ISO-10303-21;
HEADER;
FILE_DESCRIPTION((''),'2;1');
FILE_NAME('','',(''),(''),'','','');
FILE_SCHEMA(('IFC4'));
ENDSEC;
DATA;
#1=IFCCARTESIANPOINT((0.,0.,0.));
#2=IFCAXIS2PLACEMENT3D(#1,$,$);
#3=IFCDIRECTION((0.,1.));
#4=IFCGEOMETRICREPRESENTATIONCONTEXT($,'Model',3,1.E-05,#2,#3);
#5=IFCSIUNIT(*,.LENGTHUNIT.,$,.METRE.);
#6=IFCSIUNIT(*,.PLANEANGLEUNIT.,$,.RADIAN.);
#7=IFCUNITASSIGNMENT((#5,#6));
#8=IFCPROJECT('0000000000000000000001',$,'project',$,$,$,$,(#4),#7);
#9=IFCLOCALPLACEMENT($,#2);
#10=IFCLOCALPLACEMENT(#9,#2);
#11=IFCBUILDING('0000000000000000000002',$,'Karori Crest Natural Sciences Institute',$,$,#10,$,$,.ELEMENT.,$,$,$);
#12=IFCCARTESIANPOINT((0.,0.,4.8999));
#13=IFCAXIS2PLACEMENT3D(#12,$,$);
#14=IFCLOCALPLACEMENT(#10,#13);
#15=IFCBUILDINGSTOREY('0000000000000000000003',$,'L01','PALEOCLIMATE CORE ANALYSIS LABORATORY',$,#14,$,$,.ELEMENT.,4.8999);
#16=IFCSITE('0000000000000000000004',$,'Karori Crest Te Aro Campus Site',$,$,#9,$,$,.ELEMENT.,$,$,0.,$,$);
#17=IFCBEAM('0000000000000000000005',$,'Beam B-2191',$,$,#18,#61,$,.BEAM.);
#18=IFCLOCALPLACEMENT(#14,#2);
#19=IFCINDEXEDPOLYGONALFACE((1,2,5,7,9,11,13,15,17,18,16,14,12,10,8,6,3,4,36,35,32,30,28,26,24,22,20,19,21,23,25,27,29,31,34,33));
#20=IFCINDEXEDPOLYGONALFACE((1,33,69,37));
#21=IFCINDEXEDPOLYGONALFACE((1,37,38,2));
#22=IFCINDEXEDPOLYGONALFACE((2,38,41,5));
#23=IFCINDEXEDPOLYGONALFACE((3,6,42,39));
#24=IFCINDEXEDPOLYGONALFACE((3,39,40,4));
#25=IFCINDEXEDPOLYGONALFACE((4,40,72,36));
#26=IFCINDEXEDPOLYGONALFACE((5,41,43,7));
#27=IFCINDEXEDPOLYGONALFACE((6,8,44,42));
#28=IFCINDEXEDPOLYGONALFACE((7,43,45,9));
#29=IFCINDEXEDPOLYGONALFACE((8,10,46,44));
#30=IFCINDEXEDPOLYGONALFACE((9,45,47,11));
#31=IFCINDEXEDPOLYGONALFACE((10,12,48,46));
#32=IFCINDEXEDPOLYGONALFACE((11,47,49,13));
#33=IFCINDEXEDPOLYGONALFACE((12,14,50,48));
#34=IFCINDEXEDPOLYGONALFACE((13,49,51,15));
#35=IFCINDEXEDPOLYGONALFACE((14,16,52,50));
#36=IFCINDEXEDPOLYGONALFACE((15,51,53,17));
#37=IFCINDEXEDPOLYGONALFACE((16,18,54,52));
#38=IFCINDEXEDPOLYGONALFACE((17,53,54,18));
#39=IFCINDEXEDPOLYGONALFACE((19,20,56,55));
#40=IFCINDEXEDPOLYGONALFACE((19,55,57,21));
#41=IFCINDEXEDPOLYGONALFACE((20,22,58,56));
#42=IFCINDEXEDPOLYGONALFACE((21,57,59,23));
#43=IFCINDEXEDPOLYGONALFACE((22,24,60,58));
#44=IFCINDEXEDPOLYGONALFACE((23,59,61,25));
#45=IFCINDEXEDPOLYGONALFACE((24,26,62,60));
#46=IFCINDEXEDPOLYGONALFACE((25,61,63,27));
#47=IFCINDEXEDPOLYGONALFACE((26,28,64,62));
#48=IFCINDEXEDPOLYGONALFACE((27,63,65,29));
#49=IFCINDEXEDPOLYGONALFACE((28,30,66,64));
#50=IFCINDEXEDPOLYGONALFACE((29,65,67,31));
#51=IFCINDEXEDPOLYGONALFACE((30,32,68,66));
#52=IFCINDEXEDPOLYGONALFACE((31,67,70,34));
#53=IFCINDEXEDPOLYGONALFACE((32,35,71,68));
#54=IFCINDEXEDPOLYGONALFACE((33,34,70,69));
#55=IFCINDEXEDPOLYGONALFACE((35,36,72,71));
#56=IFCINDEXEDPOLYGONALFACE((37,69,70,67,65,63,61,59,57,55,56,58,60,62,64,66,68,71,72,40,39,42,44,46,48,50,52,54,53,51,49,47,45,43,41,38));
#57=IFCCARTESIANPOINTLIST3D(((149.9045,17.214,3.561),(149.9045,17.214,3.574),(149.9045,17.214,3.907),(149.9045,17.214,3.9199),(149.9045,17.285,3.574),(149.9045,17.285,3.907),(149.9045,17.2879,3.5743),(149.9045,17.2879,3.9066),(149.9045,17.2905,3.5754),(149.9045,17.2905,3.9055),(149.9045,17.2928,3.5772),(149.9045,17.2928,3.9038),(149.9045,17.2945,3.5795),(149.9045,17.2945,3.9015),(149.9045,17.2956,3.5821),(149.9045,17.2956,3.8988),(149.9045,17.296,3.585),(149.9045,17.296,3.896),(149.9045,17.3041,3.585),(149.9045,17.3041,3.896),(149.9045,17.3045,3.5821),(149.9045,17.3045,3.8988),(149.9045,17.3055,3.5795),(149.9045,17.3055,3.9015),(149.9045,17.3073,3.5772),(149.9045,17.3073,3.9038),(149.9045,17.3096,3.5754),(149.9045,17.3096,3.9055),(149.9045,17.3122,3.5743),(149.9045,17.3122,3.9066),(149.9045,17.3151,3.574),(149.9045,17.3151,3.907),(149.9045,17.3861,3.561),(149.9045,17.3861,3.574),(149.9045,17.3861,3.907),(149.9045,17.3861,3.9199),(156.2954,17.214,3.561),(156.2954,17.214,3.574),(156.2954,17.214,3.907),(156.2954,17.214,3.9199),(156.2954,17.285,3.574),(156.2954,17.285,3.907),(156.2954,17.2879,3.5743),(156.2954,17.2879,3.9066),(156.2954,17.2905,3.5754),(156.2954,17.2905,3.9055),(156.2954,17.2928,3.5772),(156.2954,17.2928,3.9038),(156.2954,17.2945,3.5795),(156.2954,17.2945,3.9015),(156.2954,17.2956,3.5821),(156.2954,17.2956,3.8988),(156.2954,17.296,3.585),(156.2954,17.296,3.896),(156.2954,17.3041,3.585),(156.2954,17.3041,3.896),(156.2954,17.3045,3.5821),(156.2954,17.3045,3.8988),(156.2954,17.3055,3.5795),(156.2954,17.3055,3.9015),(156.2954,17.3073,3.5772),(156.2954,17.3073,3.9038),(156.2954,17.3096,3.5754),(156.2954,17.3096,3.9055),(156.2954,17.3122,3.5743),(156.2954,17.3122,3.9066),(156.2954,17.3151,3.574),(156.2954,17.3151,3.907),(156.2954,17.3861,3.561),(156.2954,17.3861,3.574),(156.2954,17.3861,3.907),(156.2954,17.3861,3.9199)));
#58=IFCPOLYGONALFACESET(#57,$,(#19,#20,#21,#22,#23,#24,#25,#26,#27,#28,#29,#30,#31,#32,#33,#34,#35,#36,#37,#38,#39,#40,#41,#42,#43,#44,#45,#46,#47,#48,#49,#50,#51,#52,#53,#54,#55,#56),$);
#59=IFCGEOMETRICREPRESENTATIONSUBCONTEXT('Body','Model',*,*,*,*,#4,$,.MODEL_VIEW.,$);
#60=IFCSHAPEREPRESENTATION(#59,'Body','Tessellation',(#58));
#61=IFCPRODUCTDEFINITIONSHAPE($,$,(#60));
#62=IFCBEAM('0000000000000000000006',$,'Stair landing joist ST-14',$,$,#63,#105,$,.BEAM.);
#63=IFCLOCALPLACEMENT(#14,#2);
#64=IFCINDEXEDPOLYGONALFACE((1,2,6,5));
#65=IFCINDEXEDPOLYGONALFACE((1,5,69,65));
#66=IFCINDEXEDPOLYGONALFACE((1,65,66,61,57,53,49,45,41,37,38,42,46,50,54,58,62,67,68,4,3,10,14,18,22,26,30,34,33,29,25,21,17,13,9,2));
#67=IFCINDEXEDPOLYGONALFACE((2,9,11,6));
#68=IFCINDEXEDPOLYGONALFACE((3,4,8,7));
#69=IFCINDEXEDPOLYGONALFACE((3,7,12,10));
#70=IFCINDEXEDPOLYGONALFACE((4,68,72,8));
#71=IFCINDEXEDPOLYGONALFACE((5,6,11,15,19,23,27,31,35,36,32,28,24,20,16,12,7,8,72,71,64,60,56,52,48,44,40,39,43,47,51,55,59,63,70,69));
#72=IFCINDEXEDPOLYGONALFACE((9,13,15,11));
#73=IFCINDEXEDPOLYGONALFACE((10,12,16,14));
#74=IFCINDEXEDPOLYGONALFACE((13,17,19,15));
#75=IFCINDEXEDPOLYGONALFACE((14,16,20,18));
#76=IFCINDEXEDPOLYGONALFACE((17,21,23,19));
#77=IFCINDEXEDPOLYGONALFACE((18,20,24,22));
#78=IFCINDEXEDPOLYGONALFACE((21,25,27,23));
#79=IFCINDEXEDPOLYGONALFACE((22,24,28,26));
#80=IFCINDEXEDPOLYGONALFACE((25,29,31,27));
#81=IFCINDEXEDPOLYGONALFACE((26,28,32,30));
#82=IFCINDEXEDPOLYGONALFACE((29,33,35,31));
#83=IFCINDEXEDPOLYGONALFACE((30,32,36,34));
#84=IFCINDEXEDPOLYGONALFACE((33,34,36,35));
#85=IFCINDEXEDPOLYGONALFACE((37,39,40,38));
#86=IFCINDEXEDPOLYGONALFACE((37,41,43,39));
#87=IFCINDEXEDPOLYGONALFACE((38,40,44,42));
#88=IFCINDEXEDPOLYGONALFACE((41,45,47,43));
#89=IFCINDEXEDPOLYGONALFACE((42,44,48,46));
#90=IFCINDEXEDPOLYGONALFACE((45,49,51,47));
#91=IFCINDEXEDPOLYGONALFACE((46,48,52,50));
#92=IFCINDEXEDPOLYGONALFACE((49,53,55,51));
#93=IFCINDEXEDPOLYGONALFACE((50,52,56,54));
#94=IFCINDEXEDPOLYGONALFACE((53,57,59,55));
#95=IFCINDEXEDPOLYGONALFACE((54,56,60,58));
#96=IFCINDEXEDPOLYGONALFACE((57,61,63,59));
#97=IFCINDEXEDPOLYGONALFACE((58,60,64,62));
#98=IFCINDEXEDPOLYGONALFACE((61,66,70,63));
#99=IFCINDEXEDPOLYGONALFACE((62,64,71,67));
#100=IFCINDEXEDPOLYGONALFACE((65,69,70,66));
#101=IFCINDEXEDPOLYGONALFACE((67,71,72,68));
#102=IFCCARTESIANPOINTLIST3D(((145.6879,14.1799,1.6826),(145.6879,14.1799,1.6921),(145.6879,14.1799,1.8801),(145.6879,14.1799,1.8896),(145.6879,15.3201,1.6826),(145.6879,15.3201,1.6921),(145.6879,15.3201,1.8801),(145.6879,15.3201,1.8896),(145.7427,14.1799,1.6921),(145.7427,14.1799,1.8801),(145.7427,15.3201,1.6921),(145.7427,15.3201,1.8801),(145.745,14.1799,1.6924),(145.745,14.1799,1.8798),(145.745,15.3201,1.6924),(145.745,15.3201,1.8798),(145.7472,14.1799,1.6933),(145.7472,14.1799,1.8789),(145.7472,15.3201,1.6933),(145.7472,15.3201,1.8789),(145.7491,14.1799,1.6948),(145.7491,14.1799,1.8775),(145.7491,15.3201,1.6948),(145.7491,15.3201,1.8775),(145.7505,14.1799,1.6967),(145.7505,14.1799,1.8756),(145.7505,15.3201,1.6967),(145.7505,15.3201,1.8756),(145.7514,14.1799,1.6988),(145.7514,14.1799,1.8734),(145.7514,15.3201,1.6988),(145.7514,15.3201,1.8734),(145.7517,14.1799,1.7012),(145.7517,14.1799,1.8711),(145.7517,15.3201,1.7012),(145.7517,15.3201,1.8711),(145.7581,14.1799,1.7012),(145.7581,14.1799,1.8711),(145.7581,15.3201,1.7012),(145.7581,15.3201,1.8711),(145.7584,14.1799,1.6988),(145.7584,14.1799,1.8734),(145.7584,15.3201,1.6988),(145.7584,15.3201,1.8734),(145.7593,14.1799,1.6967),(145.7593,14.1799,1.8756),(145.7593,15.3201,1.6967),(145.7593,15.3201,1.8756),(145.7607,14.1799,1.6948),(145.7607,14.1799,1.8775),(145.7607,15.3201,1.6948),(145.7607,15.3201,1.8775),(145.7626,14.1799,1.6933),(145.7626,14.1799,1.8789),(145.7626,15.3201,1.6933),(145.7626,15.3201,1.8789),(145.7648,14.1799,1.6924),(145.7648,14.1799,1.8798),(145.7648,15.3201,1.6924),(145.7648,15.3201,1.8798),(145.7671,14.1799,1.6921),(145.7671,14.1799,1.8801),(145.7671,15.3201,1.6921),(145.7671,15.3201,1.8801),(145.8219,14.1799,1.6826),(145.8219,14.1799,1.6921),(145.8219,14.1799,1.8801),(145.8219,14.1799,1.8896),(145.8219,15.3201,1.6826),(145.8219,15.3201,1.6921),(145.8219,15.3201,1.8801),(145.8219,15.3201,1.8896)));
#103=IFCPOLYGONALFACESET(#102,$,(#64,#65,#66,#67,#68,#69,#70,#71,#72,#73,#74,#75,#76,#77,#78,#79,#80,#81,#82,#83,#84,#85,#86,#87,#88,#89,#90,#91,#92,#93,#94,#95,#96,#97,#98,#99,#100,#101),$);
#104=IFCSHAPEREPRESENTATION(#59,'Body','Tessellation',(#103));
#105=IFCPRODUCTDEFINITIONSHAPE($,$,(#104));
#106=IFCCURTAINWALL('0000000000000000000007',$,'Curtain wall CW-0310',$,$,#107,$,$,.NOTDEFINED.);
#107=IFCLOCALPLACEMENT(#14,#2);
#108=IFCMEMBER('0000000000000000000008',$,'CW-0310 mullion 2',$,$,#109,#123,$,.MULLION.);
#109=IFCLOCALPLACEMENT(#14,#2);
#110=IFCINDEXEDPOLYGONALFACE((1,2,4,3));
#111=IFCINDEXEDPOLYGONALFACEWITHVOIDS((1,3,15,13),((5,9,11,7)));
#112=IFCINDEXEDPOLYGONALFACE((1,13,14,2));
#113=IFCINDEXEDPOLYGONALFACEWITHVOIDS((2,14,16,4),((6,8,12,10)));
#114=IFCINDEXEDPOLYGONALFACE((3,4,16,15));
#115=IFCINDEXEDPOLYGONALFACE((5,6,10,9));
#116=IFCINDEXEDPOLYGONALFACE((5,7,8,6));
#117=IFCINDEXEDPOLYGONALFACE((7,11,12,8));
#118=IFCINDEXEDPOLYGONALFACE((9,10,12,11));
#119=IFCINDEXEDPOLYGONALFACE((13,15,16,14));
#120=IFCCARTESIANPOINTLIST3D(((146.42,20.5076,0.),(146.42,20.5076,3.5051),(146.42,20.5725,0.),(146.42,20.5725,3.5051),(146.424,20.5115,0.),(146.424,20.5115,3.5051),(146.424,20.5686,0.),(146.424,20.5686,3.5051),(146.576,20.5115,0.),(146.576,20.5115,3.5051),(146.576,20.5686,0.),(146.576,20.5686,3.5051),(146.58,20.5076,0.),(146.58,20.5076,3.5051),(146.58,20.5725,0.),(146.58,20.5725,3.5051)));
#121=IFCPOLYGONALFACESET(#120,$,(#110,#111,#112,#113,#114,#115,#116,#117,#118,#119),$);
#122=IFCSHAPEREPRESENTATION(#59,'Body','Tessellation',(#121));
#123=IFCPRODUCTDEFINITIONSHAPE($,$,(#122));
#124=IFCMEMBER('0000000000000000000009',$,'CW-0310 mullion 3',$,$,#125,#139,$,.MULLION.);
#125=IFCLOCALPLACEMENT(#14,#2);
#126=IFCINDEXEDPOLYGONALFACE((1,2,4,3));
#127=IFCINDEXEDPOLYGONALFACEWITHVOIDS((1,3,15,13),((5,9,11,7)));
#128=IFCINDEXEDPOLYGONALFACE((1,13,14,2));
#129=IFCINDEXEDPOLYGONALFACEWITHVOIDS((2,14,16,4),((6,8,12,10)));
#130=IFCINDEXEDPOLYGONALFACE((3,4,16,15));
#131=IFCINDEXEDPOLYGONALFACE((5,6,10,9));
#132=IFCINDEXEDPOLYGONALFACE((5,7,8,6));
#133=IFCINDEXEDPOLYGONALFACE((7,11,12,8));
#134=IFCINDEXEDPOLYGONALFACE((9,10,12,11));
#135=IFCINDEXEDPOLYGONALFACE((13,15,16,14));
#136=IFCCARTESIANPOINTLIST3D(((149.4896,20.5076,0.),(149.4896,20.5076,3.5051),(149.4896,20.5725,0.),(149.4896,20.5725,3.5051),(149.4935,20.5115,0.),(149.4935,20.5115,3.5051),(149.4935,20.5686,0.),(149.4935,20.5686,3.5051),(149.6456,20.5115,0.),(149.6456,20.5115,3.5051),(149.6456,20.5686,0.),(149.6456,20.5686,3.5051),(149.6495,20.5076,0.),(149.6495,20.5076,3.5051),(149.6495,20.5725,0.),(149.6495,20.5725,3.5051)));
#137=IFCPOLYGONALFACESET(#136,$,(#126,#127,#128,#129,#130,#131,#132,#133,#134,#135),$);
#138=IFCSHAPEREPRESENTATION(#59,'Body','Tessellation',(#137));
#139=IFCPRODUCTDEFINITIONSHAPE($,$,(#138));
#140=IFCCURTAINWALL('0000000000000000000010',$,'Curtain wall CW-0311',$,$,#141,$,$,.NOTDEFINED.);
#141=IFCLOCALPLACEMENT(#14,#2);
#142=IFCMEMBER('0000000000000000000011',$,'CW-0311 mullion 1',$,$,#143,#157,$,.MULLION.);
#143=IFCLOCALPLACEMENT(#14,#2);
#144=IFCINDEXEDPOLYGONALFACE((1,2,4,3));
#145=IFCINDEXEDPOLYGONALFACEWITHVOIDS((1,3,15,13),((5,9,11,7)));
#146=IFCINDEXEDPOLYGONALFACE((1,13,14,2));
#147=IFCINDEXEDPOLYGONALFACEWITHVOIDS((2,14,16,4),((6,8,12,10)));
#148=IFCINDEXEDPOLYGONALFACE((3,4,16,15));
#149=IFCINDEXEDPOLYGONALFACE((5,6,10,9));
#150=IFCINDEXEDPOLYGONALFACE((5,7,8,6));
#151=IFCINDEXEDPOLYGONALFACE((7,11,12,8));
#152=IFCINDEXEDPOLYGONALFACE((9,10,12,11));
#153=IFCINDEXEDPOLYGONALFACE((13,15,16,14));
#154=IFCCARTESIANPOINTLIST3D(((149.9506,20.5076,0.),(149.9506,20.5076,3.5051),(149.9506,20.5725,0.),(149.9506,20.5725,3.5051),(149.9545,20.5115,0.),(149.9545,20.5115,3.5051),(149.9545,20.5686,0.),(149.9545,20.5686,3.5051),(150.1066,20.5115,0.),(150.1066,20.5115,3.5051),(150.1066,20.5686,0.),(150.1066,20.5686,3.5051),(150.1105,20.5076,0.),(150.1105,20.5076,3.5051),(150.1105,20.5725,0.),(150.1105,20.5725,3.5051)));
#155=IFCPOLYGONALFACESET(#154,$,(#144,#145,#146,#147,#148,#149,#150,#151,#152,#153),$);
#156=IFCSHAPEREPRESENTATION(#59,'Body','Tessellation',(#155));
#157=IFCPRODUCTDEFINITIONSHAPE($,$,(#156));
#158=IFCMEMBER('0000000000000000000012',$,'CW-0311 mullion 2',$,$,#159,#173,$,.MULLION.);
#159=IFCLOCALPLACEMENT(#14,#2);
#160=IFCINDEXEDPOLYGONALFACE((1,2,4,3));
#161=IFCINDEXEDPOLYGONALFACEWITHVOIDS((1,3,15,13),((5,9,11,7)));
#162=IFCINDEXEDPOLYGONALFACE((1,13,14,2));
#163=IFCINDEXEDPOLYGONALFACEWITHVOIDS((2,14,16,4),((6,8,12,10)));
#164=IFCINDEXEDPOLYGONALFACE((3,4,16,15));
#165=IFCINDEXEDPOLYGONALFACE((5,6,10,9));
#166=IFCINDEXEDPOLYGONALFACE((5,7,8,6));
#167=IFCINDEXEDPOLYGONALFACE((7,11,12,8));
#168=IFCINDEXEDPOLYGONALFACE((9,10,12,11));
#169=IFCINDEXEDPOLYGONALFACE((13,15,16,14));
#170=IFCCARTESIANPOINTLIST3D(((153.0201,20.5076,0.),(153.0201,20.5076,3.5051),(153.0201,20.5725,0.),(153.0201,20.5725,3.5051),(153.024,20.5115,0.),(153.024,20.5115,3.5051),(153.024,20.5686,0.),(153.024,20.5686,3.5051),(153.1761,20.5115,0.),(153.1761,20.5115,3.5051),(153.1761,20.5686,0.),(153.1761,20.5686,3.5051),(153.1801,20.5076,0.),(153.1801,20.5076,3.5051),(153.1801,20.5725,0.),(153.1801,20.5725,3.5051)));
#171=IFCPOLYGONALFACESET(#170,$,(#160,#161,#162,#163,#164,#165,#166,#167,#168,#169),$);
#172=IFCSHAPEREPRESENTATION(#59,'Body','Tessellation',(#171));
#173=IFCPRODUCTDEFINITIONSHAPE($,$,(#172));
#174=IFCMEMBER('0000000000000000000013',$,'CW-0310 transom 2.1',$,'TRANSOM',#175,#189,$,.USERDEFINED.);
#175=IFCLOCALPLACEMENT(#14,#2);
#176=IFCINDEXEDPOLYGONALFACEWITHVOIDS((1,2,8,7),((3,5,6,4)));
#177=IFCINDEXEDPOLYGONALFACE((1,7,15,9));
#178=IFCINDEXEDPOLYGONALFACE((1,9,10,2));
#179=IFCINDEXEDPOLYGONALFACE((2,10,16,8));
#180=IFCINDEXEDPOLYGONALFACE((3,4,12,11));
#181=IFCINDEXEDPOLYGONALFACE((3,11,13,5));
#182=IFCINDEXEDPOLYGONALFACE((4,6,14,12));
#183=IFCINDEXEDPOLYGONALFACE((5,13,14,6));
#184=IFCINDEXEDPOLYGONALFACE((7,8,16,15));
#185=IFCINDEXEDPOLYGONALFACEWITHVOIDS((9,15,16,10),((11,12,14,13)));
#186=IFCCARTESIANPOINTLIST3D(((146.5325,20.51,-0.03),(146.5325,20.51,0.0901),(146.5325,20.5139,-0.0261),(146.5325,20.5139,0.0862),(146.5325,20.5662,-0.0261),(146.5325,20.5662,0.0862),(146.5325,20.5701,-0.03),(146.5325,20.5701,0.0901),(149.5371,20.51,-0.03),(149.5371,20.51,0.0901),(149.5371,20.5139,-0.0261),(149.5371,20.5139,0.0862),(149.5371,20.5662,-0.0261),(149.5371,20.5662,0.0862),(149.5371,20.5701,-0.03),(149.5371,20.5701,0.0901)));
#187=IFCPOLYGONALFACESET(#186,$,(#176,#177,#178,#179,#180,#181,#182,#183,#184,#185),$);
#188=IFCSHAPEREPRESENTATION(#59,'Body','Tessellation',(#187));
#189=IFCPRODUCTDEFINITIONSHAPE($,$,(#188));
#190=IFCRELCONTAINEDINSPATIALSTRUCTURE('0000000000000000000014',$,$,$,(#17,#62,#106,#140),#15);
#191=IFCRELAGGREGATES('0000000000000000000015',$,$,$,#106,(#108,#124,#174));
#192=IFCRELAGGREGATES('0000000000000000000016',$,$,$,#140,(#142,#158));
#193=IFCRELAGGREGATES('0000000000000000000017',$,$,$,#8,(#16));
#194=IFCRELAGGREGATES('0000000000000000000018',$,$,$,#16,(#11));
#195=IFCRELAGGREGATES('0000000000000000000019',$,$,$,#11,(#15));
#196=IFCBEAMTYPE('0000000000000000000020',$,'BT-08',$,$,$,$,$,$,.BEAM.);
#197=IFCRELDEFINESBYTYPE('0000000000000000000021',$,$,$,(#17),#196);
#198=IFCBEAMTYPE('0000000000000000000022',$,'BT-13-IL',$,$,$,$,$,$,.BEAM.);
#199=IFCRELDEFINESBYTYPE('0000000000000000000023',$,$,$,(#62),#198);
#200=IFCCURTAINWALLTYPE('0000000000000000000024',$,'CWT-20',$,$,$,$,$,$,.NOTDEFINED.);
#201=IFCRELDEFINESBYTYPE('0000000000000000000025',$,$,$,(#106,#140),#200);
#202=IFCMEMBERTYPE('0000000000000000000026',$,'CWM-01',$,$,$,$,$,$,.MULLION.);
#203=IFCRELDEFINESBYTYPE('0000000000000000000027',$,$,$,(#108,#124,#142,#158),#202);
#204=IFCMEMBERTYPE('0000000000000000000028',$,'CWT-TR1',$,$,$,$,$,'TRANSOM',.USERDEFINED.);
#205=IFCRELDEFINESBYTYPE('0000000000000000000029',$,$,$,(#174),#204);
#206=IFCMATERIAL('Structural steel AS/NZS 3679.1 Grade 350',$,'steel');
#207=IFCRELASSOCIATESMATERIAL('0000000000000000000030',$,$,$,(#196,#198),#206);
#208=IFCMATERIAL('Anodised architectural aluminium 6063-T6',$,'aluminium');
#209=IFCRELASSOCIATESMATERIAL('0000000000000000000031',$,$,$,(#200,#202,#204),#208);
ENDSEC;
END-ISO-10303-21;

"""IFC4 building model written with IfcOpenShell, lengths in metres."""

from ifc_helpers import new_model, si_unit, direction, frame, origin, origin_2d, place, context, subcontext, project, spatial, hollow_rectangle, i_section, extrude, material, material_profile, profile_set, type_object, element, aggregate, save


model = new_model("IFC4")

# Units and contexts
model_context = context("Model", 3, precision=1e-05, world=origin(), true_north=direction((0.0, 1.0)))
body_context = subcontext(model_context, "Body", "Model", "MODEL_VIEW")
ifc_project = project(units=[si_unit("LENGTHUNIT", "METRE"), si_unit("PLANEANGLEUNIT", "RADIAN")], contexts=[model_context])

# Site, building, storey
site_placement = place(None, origin())
site = spatial("IfcSite", under=ifc_project, at=site_placement, Name="Karori Crest Te Aro Campus Site", CompositionType="ELEMENT", RefElevation=0.0)
building_placement = place(site_placement, origin())
building = spatial("IfcBuilding", under=site, at=building_placement, Name="Karori Crest Natural Sciences Institute", CompositionType="ELEMENT")
storey_placement = place(building_placement, frame((0.0, 0.0, 4.8999)))
storey = spatial("IfcBuildingStorey", under=building, at=storey_placement, Name="L01", Description="PALEOCLIMATE CORE ANALYSIS LABORATORY", CompositionType="ELEMENT", Elevation=4.8999)

# Beams
ifc_material_1 = material(Name="Structural steel AS/NZS 3679.1 Grade 350", Category="steel")
ifc_material_profile_1 = material_profile(ifc_material_1, i_section(OverallWidth=0.1721, OverallDepth=0.3589, WebThickness=0.0081, FlangeThickness=0.0129, FilletRadius=0.011, at=origin_2d()), Name="360UB56.7")
ifc_profile_set_1 = profile_set([ifc_material_profile_1], Name="Structural steel AS/NZS 3679.1 Grade 350")
beam_type_1 = type_object("IfcBeamType", Name="BT-08", PredefinedType="BEAM", material=ifc_profile_set_1)
beam_1_placement = place(storey_placement, frame((149.9045, 17.3, 3.7405), z_axis=(1.0, 0.0, 0.0), x_axis=(0.0, 1.0, 0.0)))
element("IfcBeam", 1, at=beam_1_placement, inside=storey, type_object=beam_type_1, Name="Beam B-2191", PredefinedType="BEAM", context=body_context, shape_type="SweptSolid", body=[
    extrude(i_section(OverallWidth=0.1721, OverallDepth=0.3589, WebThickness=0.0081, FlangeThickness=0.0129, FilletRadius=0.011, at=origin_2d()), origin(), (0.0, 0.0, 1.0), 6.3909),
])
ifc_material_profile_2 = material_profile(ifc_material_1, i_section(OverallWidth=0.134, OverallDepth=0.207, WebThickness=0.0063, FlangeThickness=0.0095, FilletRadius=0.009, at=origin_2d()), Name="200UB29.8")
ifc_profile_set_2 = profile_set([ifc_material_profile_2], Name="Structural steel AS/NZS 3679.1 Grade 350")
beam_type_2 = type_object("IfcBeamType", Name="BT-13-IL", PredefinedType="BEAM", material=ifc_profile_set_2)
beam_2_placement = place(storey_placement, frame((145.7549, 14.1799, 1.7861), z_axis=(0.0, 1.0, 0.0), x_axis=(-1.0, 0.0, 0.0)))
element("IfcBeam", 2, at=beam_2_placement, inside=storey, type_object=beam_type_2, Name="Stair landing joist ST-14", PredefinedType="BEAM", context=body_context, shape_type="SweptSolid", body=[
    extrude(i_section(OverallWidth=0.134, OverallDepth=0.207, WebThickness=0.0063, FlangeThickness=0.0095, FilletRadius=0.009, at=origin_2d()), origin(), (0.0, 0.0, 1.0), 1.1401),
])

# Curtain walls, members
ifc_material_2 = material(Name="Anodised architectural aluminium 6063-T6", Category="aluminium")
curtain_wall_type = type_object("IfcCurtainWallType", Name="CWT-20", PredefinedType="NOTDEFINED", material=ifc_material_2)
curtain_wall_1_placement = place(storey_placement, origin())
curtain_wall_1 = element("IfcCurtainWall", 3, at=curtain_wall_1_placement, inside=storey, type_object=curtain_wall_type, Name="Curtain wall CW-0310", PredefinedType="NOTDEFINED")
ifc_material_profile_3 = material_profile(ifc_material_2, hollow_rectangle(XDim=0.0649, YDim=0.1599, WallThickness=0.0039, at=origin_2d()), Name="CWM160x65x4")
ifc_profile_set_3 = profile_set([ifc_material_profile_3], Name="Anodised architectural aluminium 6063-T6")
member_type_1 = type_object("IfcMemberType", Name="CWM-01", PredefinedType="MULLION", material=ifc_profile_set_3)
member_1_placement = place(storey_placement, frame((146.5, 20.54, 0.0), z_axis=(0.0, 0.0, 1.0), x_axis=(0.0, 1.0, 0.0)))
member_1 = element("IfcMember", 4, at=member_1_placement, type_object=member_type_1, Name="CW-0310 mullion 2", PredefinedType="MULLION", context=body_context, shape_type="SweptSolid", body=[
    extrude(hollow_rectangle(XDim=0.0649, YDim=0.1599, WallThickness=0.0039, at=origin_2d()), origin(), (0.0, 0.0, 1.0), 3.5051),
])
member_2_placement = place(storey_placement, frame((149.5696, 20.54, 0.0), z_axis=(0.0, 0.0, 1.0), x_axis=(0.0, 1.0, 0.0)))
member_2 = element("IfcMember", 5, at=member_2_placement, type_object=member_type_1, Name="CW-0310 mullion 3", PredefinedType="MULLION", context=body_context, shape_type="SweptSolid", body=[
    extrude(hollow_rectangle(XDim=0.0649, YDim=0.1599, WallThickness=0.0039, at=origin_2d()), origin(), (0.0, 0.0, 1.0), 3.5051),
])
curtain_wall_2_placement = place(storey_placement, origin())
curtain_wall_2 = element("IfcCurtainWall", 6, at=curtain_wall_2_placement, inside=storey, type_object=curtain_wall_type, Name="Curtain wall CW-0311", PredefinedType="NOTDEFINED")
member_3_placement = place(storey_placement, frame((150.0305, 20.54, 0.0), z_axis=(0.0, 0.0, 1.0), x_axis=(0.0, 1.0, 0.0)))
member_3 = element("IfcMember", 7, at=member_3_placement, type_object=member_type_1, Name="CW-0311 mullion 1", PredefinedType="MULLION", context=body_context, shape_type="SweptSolid", body=[
    extrude(hollow_rectangle(XDim=0.0649, YDim=0.1599, WallThickness=0.0039, at=origin_2d()), origin(), (0.0, 0.0, 1.0), 3.5051),
])
member_4_placement = place(storey_placement, frame((153.1001, 20.54, 0.0), z_axis=(0.0, 0.0, 1.0), x_axis=(0.0, 1.0, 0.0)))
member_4 = element("IfcMember", 8, at=member_4_placement, type_object=member_type_1, Name="CW-0311 mullion 2", PredefinedType="MULLION", context=body_context, shape_type="SweptSolid", body=[
    extrude(hollow_rectangle(XDim=0.0649, YDim=0.1599, WallThickness=0.0039, at=origin_2d()), origin(), (0.0, 0.0, 1.0), 3.5051),
])

# Member
ifc_material_profile_4 = material_profile(ifc_material_2, hollow_rectangle(XDim=0.0601, YDim=0.1201, WallThickness=0.0039, at=origin_2d()), Name="CWT120x60x4")
ifc_profile_set_4 = profile_set([ifc_material_profile_4], Name="Anodised architectural aluminium 6063-T6")
member_type_2 = type_object("IfcMemberType", Name="CWT-TR1", ElementType="TRANSOM", PredefinedType="USERDEFINED", material=ifc_profile_set_4)
member_5_placement = place(storey_placement, frame((146.5325, 20.54, 0.03), z_axis=(1.0, 0.0, 0.0), x_axis=(0.0, 1.0, 0.0)))
member_5 = element("IfcMember", 9, at=member_5_placement, type_object=member_type_2, Name="CW-0310 transom 2.1", ObjectType="TRANSOM", PredefinedType="USERDEFINED", context=body_context, shape_type="SweptSolid", body=[
    extrude(hollow_rectangle(XDim=0.0601, YDim=0.1201, WallThickness=0.0039, at=origin_2d()), origin(), (0.0, 0.0, 1.0), 3.0046),
])

aggregate(curtain_wall_1, [member_1, member_2, member_5])
aggregate(curtain_wall_2, [member_3, member_4])

save(model, "model.ifc")
